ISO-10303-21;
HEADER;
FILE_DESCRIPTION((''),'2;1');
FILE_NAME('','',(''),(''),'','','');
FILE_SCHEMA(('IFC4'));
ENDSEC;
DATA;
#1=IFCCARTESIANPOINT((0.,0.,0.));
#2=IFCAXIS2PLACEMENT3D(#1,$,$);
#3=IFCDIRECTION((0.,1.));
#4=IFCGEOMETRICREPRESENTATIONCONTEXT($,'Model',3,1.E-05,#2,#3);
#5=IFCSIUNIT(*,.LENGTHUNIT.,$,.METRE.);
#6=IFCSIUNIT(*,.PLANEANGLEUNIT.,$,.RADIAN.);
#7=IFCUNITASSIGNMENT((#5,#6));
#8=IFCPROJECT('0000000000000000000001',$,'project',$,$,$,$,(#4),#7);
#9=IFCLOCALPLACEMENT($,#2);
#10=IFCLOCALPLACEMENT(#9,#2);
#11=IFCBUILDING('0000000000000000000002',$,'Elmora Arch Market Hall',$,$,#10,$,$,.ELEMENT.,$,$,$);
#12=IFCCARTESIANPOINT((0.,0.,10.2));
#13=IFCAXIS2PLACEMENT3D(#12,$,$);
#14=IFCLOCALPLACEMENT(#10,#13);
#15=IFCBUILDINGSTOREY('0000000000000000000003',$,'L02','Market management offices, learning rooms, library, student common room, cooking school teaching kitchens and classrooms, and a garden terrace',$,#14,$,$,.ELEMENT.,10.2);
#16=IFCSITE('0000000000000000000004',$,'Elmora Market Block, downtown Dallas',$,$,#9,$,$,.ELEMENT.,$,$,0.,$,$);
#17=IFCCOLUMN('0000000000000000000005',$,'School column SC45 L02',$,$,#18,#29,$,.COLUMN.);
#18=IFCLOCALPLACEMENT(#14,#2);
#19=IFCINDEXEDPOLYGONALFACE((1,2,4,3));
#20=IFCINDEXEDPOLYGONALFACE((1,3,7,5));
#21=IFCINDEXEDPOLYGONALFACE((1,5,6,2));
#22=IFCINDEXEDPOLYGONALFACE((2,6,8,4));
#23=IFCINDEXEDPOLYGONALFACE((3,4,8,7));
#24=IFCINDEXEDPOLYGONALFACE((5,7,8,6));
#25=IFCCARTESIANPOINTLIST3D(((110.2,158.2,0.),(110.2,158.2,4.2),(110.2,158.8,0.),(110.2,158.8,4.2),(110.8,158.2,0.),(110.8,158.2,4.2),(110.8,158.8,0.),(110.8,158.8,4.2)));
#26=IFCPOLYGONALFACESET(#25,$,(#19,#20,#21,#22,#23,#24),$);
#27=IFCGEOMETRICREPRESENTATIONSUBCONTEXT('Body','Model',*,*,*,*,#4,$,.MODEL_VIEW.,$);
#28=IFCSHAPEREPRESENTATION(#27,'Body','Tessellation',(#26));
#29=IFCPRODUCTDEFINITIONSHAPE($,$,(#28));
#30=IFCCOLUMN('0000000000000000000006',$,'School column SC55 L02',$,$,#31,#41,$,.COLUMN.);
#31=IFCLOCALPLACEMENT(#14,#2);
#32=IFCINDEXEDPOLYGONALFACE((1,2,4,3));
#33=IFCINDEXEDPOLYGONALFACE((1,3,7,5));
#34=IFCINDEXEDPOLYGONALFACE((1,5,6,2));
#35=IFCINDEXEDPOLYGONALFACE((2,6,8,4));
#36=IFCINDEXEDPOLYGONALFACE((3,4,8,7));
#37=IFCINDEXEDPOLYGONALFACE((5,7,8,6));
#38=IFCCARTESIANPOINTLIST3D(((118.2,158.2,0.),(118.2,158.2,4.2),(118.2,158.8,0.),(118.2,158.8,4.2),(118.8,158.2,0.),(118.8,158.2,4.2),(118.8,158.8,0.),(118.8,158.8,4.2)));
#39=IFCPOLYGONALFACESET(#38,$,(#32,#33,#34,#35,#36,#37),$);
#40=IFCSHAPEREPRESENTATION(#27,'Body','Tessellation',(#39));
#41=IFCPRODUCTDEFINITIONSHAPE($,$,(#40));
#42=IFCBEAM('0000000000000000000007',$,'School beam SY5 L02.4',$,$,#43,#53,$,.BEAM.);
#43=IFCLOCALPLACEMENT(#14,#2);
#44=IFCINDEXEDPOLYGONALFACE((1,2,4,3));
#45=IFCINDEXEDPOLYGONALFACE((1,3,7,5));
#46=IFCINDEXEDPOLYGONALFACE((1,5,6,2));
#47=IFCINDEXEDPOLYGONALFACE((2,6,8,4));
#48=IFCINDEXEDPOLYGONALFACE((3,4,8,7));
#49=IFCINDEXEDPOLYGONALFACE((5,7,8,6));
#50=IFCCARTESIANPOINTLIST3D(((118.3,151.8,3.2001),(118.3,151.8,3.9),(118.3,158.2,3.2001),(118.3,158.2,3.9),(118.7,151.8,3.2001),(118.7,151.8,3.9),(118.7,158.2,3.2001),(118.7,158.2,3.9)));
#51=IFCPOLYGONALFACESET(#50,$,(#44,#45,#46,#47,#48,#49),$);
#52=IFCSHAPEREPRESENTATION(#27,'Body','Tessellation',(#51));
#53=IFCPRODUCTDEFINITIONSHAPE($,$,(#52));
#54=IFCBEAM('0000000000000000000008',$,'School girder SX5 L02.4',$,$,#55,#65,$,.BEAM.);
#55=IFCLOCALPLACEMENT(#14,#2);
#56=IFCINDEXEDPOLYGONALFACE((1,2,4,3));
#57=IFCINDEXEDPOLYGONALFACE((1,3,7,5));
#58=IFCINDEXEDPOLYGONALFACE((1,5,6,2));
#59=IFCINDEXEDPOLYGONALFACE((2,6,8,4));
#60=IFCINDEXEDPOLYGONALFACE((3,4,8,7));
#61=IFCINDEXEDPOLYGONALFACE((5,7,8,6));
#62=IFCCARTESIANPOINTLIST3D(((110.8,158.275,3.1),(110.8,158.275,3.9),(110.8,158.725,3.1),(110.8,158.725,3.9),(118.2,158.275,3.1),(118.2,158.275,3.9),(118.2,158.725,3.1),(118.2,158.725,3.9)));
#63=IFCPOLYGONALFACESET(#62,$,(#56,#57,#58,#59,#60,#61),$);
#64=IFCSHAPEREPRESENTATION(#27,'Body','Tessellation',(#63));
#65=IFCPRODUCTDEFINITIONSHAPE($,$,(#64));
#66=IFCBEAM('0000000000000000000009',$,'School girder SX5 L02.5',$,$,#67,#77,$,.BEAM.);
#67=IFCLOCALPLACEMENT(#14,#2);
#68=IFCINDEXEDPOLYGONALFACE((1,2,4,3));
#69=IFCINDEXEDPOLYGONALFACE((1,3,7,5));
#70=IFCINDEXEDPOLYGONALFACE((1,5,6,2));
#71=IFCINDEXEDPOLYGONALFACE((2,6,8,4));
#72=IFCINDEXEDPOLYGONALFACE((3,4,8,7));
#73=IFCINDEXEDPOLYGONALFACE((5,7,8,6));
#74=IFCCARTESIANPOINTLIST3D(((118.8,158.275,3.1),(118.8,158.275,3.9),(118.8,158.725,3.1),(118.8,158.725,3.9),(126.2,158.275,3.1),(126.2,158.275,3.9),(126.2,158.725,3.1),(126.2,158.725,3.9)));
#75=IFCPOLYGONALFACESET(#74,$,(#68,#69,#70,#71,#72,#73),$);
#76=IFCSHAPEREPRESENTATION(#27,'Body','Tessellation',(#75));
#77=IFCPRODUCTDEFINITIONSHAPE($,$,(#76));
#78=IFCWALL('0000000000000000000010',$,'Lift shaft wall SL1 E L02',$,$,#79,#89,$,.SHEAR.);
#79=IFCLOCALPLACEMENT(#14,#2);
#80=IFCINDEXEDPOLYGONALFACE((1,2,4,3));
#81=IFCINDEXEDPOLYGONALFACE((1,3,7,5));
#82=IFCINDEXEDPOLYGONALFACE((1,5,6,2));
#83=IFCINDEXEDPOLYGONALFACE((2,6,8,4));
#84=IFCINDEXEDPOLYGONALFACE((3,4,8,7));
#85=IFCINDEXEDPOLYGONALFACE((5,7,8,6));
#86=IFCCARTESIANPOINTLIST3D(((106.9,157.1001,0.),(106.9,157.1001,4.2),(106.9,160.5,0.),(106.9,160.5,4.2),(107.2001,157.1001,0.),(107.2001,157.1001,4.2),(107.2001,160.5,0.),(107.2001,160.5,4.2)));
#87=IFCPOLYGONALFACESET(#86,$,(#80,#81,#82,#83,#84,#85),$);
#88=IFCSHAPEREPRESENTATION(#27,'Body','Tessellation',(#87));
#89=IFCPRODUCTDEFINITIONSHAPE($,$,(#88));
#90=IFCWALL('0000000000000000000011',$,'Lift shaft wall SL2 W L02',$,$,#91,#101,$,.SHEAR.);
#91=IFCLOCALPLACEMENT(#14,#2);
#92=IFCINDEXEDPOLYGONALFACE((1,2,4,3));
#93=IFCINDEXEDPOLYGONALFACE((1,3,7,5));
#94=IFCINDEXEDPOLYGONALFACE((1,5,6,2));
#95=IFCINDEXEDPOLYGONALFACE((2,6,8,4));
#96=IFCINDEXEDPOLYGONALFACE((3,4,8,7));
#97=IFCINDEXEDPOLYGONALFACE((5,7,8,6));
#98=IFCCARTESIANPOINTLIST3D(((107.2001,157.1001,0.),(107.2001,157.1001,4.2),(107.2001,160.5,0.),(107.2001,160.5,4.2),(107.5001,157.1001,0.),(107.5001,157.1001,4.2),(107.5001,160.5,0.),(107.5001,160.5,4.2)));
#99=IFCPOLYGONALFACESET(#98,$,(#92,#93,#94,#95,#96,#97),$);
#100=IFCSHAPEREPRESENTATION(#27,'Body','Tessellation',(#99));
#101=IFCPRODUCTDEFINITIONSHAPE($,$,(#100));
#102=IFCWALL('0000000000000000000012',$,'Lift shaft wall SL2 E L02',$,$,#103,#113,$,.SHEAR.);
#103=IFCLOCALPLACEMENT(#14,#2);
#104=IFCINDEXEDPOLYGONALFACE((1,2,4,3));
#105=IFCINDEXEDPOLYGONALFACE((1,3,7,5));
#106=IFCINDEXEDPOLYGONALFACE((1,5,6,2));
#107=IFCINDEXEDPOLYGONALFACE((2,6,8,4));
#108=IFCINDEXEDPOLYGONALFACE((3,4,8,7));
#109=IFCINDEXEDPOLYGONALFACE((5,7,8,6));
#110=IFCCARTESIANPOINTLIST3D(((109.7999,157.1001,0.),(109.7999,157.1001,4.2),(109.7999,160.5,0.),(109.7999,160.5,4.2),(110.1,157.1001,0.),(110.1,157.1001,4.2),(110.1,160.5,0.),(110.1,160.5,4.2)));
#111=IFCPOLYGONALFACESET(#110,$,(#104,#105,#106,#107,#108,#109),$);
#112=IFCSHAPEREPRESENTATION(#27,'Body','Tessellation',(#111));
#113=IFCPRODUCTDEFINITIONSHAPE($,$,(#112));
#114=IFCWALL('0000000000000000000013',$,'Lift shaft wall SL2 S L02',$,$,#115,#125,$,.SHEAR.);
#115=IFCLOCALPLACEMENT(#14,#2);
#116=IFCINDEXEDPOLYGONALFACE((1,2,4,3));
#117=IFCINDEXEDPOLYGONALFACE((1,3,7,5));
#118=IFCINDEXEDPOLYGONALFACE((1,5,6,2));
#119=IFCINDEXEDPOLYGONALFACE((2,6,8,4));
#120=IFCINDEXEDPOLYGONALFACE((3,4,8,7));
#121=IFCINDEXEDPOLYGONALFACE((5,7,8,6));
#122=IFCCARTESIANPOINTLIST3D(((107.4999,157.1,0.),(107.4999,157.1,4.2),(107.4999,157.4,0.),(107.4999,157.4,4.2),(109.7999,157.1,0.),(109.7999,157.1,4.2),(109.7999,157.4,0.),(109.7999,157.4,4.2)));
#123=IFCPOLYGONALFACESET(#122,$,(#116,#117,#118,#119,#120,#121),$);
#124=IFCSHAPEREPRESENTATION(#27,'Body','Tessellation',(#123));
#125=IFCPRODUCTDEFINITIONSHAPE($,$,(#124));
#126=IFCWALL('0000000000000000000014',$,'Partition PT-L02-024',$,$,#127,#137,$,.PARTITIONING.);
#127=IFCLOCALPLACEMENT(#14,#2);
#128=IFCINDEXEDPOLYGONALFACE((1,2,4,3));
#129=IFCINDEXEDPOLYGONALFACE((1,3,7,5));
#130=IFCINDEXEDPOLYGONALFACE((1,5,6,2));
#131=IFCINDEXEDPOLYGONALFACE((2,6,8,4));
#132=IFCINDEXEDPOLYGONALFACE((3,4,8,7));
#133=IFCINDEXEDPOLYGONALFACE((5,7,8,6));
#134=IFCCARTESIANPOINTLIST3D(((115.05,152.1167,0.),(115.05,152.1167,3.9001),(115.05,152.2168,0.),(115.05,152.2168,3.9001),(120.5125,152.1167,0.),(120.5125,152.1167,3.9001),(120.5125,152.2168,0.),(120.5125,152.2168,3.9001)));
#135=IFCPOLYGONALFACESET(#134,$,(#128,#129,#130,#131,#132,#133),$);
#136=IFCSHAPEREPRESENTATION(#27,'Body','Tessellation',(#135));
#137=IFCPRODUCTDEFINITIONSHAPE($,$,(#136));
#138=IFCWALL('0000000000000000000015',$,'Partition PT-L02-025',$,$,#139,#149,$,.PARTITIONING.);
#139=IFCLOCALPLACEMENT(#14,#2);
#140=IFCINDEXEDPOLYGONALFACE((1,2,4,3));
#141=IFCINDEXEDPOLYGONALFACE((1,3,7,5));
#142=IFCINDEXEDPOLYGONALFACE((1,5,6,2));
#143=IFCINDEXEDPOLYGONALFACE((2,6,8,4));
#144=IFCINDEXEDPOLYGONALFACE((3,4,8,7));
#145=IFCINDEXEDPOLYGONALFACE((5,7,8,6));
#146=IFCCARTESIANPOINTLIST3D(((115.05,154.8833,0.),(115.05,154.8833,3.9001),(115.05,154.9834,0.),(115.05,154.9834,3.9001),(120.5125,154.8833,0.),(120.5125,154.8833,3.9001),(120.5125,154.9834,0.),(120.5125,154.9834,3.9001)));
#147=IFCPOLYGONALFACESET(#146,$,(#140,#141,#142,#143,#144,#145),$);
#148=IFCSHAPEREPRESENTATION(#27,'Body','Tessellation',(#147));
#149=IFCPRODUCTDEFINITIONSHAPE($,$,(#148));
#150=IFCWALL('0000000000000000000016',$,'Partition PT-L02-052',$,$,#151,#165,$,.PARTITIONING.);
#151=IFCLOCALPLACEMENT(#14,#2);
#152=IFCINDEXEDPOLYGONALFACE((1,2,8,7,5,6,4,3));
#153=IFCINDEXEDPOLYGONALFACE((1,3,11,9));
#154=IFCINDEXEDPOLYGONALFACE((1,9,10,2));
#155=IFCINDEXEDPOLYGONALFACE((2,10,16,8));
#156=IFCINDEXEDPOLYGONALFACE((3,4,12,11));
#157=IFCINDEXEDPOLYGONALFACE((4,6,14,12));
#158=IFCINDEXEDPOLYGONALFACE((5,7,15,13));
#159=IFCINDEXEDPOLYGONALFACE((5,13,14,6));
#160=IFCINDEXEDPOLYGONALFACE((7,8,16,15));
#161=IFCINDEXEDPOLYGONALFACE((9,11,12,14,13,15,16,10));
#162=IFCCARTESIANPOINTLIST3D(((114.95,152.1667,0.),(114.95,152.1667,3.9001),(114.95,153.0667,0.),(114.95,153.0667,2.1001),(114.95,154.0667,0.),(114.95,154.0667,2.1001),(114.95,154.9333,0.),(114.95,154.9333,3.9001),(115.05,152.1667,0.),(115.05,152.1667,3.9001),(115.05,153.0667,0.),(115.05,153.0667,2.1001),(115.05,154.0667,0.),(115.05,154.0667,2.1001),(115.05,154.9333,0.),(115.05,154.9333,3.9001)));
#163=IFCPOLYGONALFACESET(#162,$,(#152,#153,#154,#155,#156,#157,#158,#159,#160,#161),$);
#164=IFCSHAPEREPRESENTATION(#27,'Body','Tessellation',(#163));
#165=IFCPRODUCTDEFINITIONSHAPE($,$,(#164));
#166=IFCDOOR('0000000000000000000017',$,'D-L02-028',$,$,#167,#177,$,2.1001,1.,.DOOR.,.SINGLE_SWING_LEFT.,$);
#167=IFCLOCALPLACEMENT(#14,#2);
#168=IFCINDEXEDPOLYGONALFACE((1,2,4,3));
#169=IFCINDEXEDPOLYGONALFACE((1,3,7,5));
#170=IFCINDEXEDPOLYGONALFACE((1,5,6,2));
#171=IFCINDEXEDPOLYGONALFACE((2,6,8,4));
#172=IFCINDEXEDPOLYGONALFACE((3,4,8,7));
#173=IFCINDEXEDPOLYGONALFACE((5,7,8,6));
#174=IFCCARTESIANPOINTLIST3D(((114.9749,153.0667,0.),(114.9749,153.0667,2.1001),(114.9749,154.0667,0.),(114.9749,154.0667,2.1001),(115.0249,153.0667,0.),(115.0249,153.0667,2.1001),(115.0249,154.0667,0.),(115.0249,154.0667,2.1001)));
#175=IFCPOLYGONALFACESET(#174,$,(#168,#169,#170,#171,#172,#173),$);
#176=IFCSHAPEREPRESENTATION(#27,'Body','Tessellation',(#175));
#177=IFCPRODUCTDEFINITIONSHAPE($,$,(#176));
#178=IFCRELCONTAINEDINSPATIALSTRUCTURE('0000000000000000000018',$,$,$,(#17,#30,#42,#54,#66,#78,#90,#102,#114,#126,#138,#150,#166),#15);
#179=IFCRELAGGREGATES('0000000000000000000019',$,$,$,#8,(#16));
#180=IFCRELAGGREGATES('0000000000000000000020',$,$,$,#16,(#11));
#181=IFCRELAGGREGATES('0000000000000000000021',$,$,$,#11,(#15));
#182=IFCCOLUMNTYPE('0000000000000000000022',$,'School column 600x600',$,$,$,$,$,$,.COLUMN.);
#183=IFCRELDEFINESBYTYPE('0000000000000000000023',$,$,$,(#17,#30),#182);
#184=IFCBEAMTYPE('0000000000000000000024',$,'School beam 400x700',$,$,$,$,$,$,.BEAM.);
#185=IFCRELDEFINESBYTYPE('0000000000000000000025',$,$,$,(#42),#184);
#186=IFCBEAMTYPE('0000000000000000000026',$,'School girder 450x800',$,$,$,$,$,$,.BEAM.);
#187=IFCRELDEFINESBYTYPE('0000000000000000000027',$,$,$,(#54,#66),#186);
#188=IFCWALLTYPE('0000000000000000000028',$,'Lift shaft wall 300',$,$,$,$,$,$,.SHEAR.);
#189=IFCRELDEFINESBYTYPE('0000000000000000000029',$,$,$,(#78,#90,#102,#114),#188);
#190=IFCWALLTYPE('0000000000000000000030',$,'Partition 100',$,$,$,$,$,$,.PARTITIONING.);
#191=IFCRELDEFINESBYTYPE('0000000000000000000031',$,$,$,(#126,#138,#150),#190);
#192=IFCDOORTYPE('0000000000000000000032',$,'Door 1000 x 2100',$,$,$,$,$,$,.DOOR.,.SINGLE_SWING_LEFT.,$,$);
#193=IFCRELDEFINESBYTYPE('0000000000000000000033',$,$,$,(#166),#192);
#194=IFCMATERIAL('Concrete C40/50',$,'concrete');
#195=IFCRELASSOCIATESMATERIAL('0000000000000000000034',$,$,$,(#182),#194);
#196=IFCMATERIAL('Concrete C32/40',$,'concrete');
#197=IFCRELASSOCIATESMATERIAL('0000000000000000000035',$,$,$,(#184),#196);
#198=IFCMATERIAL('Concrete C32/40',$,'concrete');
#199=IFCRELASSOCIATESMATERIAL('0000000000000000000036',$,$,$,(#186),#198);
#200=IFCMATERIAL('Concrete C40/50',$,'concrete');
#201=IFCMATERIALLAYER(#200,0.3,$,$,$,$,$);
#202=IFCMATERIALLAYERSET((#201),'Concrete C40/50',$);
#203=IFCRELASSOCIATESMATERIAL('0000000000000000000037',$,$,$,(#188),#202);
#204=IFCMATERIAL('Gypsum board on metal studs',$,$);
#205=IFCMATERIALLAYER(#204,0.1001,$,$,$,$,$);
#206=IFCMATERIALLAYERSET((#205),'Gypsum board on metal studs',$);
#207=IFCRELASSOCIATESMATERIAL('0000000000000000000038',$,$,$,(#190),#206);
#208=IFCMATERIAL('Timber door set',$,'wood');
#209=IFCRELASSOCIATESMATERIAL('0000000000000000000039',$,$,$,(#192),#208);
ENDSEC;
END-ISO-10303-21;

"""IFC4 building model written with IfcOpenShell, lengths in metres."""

from ifc_helpers import new_model, si_unit, direction, frame, frame_2d, origin, origin_2d, place, context, subcontext, project, spatial, rectangle, extrude, material, layer, layer_set, material_profile, profile_set, type_object, element, fill, save


model = new_model("IFC4")

# Units and contexts
model_context = context("Model", 3, precision=1e-05, world=origin(), true_north=direction((0.0, 1.0)))
body_context = subcontext(model_context, "Body", "Model", "MODEL_VIEW")
ifc_project = project(units=[si_unit("LENGTHUNIT", "METRE"), si_unit("PLANEANGLEUNIT", "RADIAN")], contexts=[model_context])

# Site, building, storey
site_placement = place(None, origin())
site = spatial("IfcSite", under=ifc_project, at=site_placement, Name="Elmora Market Block, downtown Dallas", CompositionType="ELEMENT", RefElevation=0.0)
building_placement = place(site_placement, origin())
building = spatial("IfcBuilding", under=site, at=building_placement, Name="Elmora Arch Market Hall", CompositionType="ELEMENT")
storey_placement = place(building_placement, frame((0.0, 0.0, 10.2)))
storey = spatial("IfcBuildingStorey", under=building, at=storey_placement, Name="L02", Description="Market management offices, learning rooms, library, student common room, cooking school teaching kitchens and classrooms, and a garden terrace", CompositionType="ELEMENT", Elevation=10.2)

# Columns
ifc_material_1 = material(Name="Concrete C40/50", Category="concrete")
ifc_material_profile_1 = material_profile(ifc_material_1, rectangle(XDim=0.6001, YDim=0.6001, at=origin_2d()), Name="School column 600x600")
ifc_profile_set_1 = profile_set([ifc_material_profile_1], Name="Concrete C40/50")
column_type = type_object("IfcColumnType", Name="School column 600x600", PredefinedType="COLUMN", material=ifc_profile_set_1)
for number, where, z_axis, x_axis, name in (
    (1, (110.5, 158.5, 0.0), (0.0, 0.0, 1.0), (1.0, 0.0, 0.0), "School column SC45 L02"),
    (2, (118.5, 158.5, 0.0), (0.0, 0.0, 1.0), (1.0, 0.0, 0.0), "School column SC55 L02"),
):
    element("IfcColumn", number, at=place(storey_placement, frame(where, z_axis=z_axis, x_axis=x_axis)), inside=storey, type_object=column_type, Name=name, PredefinedType="COLUMN", context=body_context, shape_type="SweptSolid", body=[
        extrude(rectangle(XDim=0.6001, YDim=0.6001, at=origin_2d()), origin(), (0.0, 0.0, 1.0), 4.2),
    ])

# Beams
ifc_material_2 = material(Name="Concrete C32/40", Category="concrete")
ifc_material_profile_2 = material_profile(ifc_material_2, rectangle(XDim=0.3999, YDim=0.7, at=origin_2d()), Name="School beam 400x700")
ifc_profile_set_2 = profile_set([ifc_material_profile_2], Name="Concrete C32/40")
beam_type_1 = type_object("IfcBeamType", Name="School beam 400x700", PredefinedType="BEAM", material=ifc_profile_set_2)
beam_placement = place(storey_placement, frame((118.5, 151.8, 3.55), z_axis=(0.0, 1.0, 0.0), x_axis=(-1.0, 0.0, 0.0)))
element("IfcBeam", 3, at=beam_placement, inside=storey, type_object=beam_type_1, Name="School beam SY5 L02.4", PredefinedType="BEAM", context=body_context, shape_type="SweptSolid", body=[
    extrude(rectangle(XDim=0.3999, YDim=0.7, at=origin_2d()), origin(), (0.0, 0.0, 1.0), 6.3999),
])
ifc_material_3 = material(Name="Concrete C32/40", Category="concrete")
ifc_material_profile_3 = material_profile(ifc_material_3, rectangle(XDim=0.45, YDim=0.8, at=origin_2d()), Name="School girder 450x800")
ifc_profile_set_3 = profile_set([ifc_material_profile_3], Name="Concrete C32/40")
beam_type_2 = type_object("IfcBeamType", Name="School girder 450x800", PredefinedType="BEAM", material=ifc_profile_set_3)
for number, where, z_axis, x_axis, name in (
    (4, (110.8, 158.5, 3.5), (1.0, 0.0, 0.0), (0.0, 1.0, 0.0), "School girder SX5 L02.4"),
    (5, (118.8, 158.5, 3.5), (1.0, 0.0, 0.0), (0.0, 1.0, 0.0), "School girder SX5 L02.5"),
):
    element("IfcBeam", number, at=place(storey_placement, frame(where, z_axis=z_axis, x_axis=x_axis)), inside=storey, type_object=beam_type_2, Name=name, PredefinedType="BEAM", context=body_context, shape_type="SweptSolid", body=[
        extrude(rectangle(XDim=0.45, YDim=0.8, at=origin_2d()), origin(), (0.0, 0.0, 1.0), 7.3999),
    ])

# Walls
ifc_material_4 = material(Name="Concrete C40/50", Category="concrete")
ifc_layer_1 = layer(ifc_material_4, 0.3)
ifc_layer_set_1 = layer_set([ifc_layer_1], Name="Concrete C40/50")
wall_type_1 = type_object("IfcWallType", Name="Lift shaft wall 300", PredefinedType="SHEAR", material=ifc_layer_set_1)
for number, where, z_axis, x_axis, name in (
    (6, (107.05, 157.1001, 0.0), (0.0, 0.0, 1.0), (0.0, 1.0, 0.0), "Lift shaft wall SL1 E L02"),
    (7, (107.3501, 157.1001, 0.0), (0.0, 0.0, 1.0), (0.0, 1.0, 0.0), "Lift shaft wall SL2 W L02"),
    (8, (109.95, 157.1001, 0.0), (0.0, 0.0, 1.0), (0.0, 1.0, 0.0), "Lift shaft wall SL2 E L02"),
):
    element("IfcWall", number, at=place(storey_placement, frame(where, z_axis=z_axis, x_axis=x_axis)), inside=storey, type_object=wall_type_1, Name=name, PredefinedType="SHEAR", context=body_context, shape_type="SweptSolid", body=[
        extrude(rectangle(XDim=3.3999, YDim=0.3, at=frame_2d((1.7, 0.0))), origin(), (0.0, 0.0, 1.0), 4.2),
    ])
wall_1_placement = place(storey_placement, frame((107.5, 157.25, 0.0), z_axis=(0.0, 0.0, 1.0), x_axis=(1.0, 0.0, 0.0)))
element("IfcWall", 9, at=wall_1_placement, inside=storey, type_object=wall_type_1, Name="Lift shaft wall SL2 S L02", PredefinedType="SHEAR", context=body_context, shape_type="SweptSolid", body=[
    extrude(rectangle(XDim=2.3, YDim=0.3, at=frame_2d((1.1499, 0.0))), origin(), (0.0, 0.0, 1.0), 4.2),
])
ifc_material_5 = material(Name="Gypsum board on metal studs")
ifc_layer_2 = layer(ifc_material_5, 0.1001)
ifc_layer_set_2 = layer_set([ifc_layer_2], Name="Gypsum board on metal studs")
wall_type_2 = type_object("IfcWallType", Name="Partition 100", PredefinedType="PARTITIONING", material=ifc_layer_set_2)
for number, where, z_axis, x_axis, name in (
    (10, (115.05, 152.1667, 0.0), (0.0, 0.0, 1.0), (1.0, 0.0, 0.0), "Partition PT-L02-024"),
    (11, (115.05, 154.9333, 0.0), (0.0, 0.0, 1.0), (1.0, 0.0, 0.0), "Partition PT-L02-025"),
):
    element("IfcWall", number, at=place(storey_placement, frame(where, z_axis=z_axis, x_axis=x_axis)), inside=storey, type_object=wall_type_2, Name=name, PredefinedType="PARTITIONING", context=body_context, shape_type="SweptSolid", body=[
        extrude(rectangle(XDim=5.4624, YDim=0.1001, at=frame_2d((2.7312, 0.0))), origin(), (0.0, 0.0, 1.0), 3.9001),
    ])

# Wall, opening, door
wall_2_placement = place(storey_placement, frame((115.0, 152.1667, 0.0), z_axis=(0.0, 0.0, 1.0), x_axis=(0.0, 1.0, 0.0)))
wall_2 = element("IfcWall", 12, at=wall_2_placement, inside=storey, type_object=wall_type_2, Name="Partition PT-L02-052", PredefinedType="PARTITIONING", context=body_context, shape_type="SweptSolid", body=[
    extrude(rectangle(XDim=2.7666, YDim=0.1001, at=frame_2d((1.3833, 0.0))), origin(), (0.0, 0.0, 1.0), 3.9001),
])
opening_1_placement = place(wall_2_placement, frame((0.8999, 0.0, 0.0)))
opening_1 = element("IfcOpeningElement", 13, at=opening_1_placement, cuts=wall_2, PredefinedType="OPENING", context=body_context, shape_type="SweptSolid", body=[
    extrude(rectangle(XDim=1.0, YDim=2.1001, at=frame_2d((0.5, 1.05))), frame((0.0, 0.0601, 0.0), z_axis=(0.0, -1.0, 0.0), x_axis=(1.0, 0.0, 0.0)), (0.0, 0.0, 1.0), 0.1201),
])
ifc_material_6 = material(Name="Timber door set", Category="wood")
door_type_1 = type_object("IfcDoorType", Name="Door 1000 x 2100", OperationType="SINGLE_SWING_LEFT", PredefinedType="DOOR", material=ifc_material_6)
door_1_placement = place(opening_1_placement, frame((1.0, 0.0, 0.0), z_axis=(0.0, 0.0, 1.0), x_axis=(-1.0, 0.0, 0.0)))
door_1 = element("IfcDoor", 14, at=door_1_placement, inside=storey, type_object=door_type_1, Name="D-L02-028", OperationType="SINGLE_SWING_LEFT", OverallHeight=2.1001, OverallWidth=1.0, PredefinedType="DOOR", context=body_context, shape_type="SweptSolid", body=[
    extrude(rectangle(XDim=1.0, YDim=2.1001, at=frame_2d((0.5, 1.05))), frame((0.0, 0.0249, 0.0), z_axis=(0.0, -1.0, 0.0), x_axis=(1.0, 0.0, 0.0)), (0.0, 0.0, 1.0), 0.05),
])
fill(opening_1, door_1)

save(model, "model.ifc")
